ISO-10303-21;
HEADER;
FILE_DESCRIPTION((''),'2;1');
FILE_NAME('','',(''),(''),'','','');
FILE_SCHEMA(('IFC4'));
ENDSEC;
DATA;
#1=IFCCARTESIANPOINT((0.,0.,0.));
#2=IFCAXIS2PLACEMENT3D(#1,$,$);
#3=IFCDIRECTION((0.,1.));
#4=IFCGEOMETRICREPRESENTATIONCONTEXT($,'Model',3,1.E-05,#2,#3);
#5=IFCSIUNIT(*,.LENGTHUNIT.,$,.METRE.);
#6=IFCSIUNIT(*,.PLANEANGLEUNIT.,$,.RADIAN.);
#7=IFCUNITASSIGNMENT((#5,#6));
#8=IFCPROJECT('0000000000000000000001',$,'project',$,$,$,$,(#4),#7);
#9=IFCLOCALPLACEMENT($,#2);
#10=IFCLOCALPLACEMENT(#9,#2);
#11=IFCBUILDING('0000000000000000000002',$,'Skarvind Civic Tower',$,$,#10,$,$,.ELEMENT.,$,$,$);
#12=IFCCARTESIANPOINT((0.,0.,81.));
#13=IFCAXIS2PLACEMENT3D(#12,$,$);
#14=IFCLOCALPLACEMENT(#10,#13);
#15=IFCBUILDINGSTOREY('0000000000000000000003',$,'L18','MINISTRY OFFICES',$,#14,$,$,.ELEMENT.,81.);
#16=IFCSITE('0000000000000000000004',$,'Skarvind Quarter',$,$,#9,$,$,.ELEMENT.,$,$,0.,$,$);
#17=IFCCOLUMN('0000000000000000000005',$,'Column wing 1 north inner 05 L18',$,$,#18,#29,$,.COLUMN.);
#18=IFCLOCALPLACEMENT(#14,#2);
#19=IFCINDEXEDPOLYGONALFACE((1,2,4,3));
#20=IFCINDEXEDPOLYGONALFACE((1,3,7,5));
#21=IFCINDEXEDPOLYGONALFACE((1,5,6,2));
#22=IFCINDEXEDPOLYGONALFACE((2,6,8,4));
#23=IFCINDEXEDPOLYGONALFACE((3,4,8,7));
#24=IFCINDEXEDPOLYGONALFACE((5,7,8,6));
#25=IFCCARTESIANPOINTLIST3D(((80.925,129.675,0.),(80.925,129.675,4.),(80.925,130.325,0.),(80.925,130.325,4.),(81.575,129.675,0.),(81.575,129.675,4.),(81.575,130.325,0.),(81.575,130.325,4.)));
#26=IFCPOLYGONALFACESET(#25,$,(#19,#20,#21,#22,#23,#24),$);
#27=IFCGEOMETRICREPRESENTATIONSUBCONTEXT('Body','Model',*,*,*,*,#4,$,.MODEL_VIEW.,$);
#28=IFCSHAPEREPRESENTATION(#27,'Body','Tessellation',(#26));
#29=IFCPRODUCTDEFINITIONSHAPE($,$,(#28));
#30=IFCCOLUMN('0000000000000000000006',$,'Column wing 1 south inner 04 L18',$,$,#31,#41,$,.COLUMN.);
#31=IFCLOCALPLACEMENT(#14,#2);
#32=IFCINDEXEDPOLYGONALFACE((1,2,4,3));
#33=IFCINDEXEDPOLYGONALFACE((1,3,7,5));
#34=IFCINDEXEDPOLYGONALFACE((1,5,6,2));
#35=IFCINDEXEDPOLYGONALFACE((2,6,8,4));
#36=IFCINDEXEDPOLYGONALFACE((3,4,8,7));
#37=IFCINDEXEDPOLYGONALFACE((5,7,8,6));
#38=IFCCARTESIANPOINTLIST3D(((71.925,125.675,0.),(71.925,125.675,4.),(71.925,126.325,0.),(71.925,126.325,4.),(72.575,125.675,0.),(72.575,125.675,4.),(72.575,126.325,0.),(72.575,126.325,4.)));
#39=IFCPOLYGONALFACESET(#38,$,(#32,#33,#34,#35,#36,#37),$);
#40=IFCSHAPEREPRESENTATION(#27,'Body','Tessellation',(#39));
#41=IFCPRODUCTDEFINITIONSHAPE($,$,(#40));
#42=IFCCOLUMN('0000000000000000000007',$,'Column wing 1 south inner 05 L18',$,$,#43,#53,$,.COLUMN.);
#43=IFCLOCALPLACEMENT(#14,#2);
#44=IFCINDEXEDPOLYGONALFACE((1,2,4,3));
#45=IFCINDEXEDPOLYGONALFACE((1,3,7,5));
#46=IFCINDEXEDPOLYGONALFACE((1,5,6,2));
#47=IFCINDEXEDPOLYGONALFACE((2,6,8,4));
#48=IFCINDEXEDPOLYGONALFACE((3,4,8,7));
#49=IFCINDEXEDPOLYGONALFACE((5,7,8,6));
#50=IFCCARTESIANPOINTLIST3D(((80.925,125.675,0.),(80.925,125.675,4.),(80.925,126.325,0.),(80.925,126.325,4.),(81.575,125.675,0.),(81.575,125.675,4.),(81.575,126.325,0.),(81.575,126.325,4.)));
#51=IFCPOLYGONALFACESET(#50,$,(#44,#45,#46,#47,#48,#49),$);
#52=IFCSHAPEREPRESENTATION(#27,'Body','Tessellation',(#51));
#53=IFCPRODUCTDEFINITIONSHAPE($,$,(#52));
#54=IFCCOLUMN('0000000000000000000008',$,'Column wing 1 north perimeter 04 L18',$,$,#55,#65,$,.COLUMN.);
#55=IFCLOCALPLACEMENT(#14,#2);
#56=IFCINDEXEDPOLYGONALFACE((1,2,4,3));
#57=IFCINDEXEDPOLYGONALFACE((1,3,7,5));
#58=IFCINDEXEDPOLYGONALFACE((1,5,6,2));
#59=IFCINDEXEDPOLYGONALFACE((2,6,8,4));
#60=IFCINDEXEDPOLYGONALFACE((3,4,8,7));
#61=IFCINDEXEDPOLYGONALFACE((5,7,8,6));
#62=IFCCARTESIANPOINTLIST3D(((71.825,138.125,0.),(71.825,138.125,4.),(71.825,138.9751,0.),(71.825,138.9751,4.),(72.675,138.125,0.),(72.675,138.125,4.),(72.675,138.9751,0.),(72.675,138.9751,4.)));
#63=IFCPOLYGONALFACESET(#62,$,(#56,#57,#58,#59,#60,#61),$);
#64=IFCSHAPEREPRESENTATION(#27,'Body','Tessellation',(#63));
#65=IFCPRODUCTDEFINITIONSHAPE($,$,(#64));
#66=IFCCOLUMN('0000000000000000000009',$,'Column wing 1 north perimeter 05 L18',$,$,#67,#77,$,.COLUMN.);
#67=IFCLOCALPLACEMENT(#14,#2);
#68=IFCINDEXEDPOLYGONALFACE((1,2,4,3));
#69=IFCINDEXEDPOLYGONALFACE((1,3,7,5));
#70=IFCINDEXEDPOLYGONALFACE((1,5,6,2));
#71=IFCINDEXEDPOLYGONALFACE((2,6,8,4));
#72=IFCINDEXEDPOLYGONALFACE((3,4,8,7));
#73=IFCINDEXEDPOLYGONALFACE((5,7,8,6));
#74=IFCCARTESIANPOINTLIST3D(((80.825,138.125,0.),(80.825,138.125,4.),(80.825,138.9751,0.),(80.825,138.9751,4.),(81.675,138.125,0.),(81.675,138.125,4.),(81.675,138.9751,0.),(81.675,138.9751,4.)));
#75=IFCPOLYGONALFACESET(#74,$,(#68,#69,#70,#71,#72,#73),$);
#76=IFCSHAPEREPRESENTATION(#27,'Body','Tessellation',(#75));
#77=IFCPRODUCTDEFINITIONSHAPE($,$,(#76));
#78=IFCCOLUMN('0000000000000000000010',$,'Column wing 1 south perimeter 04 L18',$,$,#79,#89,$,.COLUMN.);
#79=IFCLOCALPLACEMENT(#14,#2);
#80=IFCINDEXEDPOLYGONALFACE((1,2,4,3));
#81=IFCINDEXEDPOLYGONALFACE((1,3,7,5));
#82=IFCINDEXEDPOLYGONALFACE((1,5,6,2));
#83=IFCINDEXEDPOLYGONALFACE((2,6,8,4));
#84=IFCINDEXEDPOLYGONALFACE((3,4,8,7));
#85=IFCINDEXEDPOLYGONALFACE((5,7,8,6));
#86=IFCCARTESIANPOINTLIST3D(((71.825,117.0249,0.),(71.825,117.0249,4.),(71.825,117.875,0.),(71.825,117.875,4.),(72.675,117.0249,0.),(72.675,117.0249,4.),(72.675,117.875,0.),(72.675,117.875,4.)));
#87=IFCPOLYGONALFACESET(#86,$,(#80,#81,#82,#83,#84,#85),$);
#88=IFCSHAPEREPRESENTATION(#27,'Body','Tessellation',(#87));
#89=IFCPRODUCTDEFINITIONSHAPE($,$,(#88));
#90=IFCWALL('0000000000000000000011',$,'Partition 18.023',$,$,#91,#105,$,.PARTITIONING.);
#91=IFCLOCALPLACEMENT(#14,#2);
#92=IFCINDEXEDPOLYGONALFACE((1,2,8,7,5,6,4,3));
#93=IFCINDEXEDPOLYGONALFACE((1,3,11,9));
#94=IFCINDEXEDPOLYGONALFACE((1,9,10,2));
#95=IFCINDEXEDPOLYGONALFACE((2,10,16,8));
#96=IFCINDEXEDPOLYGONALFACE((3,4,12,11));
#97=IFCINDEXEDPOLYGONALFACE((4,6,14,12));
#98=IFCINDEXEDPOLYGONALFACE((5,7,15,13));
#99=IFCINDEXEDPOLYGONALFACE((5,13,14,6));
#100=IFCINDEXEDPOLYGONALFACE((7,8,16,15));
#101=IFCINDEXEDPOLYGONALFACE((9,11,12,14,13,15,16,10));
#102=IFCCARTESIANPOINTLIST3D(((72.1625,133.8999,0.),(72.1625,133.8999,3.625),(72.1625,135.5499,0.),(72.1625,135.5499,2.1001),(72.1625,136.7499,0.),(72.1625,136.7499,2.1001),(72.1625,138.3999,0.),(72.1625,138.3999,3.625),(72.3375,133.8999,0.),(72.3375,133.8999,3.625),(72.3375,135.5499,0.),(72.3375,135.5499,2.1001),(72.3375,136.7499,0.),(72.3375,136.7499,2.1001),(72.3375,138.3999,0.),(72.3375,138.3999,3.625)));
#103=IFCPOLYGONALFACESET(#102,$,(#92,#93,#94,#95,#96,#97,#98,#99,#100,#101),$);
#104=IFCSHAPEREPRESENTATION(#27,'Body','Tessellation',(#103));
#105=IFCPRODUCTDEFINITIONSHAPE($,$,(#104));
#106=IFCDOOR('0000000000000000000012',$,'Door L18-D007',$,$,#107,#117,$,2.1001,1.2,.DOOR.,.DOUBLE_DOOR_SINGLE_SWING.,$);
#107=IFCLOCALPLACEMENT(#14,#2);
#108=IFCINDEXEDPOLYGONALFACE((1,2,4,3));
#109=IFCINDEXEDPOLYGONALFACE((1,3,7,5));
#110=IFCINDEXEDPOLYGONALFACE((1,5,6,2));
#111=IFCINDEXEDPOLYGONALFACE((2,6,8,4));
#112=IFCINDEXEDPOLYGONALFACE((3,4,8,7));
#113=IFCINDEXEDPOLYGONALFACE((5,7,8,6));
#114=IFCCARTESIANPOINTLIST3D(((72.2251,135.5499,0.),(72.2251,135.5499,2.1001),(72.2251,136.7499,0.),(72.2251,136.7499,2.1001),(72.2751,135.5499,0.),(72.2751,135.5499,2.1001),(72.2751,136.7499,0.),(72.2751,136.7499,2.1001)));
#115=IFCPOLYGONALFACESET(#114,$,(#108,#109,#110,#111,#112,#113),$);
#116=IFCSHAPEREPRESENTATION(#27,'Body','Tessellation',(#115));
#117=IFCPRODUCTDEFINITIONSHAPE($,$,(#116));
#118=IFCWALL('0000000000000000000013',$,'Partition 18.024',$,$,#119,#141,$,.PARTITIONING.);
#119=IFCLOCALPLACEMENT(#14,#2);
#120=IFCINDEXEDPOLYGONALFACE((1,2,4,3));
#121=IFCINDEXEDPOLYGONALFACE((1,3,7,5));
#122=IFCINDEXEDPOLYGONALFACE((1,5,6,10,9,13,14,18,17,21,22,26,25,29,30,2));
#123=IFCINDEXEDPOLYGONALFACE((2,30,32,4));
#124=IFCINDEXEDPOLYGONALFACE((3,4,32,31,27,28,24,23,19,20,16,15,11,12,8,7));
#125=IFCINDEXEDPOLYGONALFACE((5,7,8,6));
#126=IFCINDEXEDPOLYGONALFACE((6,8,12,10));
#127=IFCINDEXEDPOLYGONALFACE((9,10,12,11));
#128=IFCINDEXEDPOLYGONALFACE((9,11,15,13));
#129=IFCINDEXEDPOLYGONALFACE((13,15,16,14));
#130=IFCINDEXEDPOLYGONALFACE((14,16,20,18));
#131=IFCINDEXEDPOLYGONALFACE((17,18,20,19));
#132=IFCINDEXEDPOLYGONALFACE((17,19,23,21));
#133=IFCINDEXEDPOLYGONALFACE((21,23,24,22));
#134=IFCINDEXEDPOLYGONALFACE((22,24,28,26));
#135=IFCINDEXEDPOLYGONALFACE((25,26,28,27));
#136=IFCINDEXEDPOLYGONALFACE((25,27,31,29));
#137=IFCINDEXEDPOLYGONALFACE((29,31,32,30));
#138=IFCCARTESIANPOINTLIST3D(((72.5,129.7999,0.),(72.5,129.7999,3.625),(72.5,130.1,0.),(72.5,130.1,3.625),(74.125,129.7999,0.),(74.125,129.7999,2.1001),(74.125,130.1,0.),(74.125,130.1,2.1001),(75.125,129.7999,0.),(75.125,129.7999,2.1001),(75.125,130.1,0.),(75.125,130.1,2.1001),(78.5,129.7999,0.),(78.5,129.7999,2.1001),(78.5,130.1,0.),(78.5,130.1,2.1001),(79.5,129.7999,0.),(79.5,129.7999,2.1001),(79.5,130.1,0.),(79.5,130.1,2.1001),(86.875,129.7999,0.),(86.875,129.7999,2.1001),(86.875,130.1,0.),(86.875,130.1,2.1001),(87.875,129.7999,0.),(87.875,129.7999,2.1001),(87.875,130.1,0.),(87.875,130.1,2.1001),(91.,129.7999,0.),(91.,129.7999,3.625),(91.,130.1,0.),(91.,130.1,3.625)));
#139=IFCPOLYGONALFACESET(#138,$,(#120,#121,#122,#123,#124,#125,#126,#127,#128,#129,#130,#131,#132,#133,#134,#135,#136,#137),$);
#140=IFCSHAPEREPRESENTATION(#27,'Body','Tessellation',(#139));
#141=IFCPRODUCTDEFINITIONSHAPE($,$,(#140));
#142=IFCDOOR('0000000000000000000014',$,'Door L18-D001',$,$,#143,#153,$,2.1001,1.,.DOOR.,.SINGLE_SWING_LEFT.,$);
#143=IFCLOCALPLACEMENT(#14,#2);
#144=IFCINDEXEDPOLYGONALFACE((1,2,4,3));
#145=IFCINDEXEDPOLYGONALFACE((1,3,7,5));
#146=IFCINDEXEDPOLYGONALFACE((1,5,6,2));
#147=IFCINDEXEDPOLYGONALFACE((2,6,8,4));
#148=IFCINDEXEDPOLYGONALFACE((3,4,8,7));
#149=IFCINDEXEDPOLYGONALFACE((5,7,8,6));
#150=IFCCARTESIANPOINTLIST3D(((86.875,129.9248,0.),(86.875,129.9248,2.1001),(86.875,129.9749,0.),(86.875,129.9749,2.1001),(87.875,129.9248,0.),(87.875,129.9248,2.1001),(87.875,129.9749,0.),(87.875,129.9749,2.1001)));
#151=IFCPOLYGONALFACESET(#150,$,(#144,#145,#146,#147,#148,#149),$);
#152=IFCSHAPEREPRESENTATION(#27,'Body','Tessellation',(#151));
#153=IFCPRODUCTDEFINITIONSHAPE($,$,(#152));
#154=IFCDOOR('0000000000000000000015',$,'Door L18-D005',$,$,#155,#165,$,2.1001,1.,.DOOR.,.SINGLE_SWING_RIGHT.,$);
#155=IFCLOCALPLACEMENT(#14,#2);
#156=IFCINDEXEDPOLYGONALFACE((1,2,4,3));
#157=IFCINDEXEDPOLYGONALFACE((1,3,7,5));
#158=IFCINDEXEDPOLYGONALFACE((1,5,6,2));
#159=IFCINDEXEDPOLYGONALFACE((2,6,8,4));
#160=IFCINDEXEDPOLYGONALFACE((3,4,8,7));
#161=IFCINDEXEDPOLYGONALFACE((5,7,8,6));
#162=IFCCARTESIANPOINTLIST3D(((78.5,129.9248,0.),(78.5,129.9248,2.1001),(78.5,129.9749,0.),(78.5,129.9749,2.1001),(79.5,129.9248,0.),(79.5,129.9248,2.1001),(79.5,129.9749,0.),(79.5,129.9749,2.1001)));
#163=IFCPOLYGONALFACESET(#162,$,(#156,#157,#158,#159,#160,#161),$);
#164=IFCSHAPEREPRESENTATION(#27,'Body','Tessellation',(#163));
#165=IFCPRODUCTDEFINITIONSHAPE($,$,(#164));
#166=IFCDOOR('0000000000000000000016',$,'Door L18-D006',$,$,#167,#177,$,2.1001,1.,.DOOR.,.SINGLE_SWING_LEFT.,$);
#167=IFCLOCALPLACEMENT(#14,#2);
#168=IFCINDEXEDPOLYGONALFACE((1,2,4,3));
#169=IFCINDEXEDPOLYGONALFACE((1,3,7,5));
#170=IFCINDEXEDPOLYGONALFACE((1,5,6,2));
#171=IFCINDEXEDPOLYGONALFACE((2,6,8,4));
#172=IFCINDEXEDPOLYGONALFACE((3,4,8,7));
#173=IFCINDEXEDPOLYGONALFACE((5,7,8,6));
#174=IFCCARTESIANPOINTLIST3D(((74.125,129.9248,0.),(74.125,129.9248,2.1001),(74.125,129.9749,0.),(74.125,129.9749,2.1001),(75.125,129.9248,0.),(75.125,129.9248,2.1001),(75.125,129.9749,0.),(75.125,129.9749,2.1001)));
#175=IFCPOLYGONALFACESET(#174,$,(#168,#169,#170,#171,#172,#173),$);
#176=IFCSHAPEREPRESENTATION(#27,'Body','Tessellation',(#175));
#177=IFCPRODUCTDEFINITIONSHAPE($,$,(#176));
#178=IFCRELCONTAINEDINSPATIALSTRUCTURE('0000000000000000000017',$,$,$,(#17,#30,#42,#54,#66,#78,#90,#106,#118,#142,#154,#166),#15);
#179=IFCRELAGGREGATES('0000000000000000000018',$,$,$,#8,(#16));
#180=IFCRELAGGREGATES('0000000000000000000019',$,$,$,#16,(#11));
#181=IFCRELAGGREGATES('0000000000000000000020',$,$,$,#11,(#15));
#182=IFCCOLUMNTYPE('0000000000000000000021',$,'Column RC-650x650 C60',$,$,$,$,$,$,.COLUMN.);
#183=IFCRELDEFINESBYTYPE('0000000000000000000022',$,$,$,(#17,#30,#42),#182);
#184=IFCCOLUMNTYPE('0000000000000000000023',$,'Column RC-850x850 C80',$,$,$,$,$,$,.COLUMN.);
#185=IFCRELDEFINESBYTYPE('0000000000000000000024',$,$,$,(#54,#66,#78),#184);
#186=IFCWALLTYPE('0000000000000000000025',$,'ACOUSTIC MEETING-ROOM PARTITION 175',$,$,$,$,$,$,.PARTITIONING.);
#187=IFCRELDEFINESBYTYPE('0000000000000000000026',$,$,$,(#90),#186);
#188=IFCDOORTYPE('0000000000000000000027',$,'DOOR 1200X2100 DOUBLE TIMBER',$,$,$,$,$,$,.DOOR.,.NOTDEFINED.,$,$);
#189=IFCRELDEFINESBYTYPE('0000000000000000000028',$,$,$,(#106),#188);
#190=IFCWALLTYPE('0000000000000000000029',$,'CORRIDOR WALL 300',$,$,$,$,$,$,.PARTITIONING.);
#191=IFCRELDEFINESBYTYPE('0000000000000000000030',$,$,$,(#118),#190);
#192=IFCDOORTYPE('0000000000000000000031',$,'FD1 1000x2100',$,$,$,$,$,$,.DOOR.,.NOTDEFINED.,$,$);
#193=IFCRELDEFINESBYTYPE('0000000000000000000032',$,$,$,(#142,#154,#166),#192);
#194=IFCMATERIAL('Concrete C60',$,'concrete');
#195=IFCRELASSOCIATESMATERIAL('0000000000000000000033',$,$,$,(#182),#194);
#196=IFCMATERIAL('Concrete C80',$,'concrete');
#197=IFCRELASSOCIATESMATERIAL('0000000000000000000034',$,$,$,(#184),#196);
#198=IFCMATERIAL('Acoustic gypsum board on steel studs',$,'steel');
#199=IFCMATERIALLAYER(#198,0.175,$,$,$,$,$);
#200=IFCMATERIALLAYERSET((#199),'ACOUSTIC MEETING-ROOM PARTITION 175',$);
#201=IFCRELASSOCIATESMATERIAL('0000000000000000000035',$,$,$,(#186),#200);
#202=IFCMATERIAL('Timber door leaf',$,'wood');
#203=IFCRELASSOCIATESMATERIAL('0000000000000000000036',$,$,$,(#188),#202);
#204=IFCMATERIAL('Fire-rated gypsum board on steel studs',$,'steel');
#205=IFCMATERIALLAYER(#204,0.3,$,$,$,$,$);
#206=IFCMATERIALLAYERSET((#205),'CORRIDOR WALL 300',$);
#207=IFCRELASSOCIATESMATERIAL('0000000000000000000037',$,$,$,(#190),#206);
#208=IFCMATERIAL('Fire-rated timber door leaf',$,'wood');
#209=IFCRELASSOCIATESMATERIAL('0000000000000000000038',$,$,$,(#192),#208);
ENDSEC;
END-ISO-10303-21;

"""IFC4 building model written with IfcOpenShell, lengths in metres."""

from ifc_helpers import new_model, si_unit, direction, frame, frame_2d, origin, origin_2d, place, context, subcontext, project, spatial, rectangle, extrude, material, layer, layer_set, material_profile, profile_set, type_object, element, fill, save


model = new_model("IFC4")

# Units and contexts
model_context = context("Model", 3, precision=1e-05, world=origin(), true_north=direction((0.0, 1.0)))
body_context = subcontext(model_context, "Body", "Model", "MODEL_VIEW")
ifc_project = project(units=[si_unit("LENGTHUNIT", "METRE"), si_unit("PLANEANGLEUNIT", "RADIAN")], contexts=[model_context])

# Site, building, storey
site_placement = place(None, origin())
site = spatial("IfcSite", under=ifc_project, at=site_placement, Name="Skarvind Quarter", CompositionType="ELEMENT", RefElevation=0.0)
building_placement = place(site_placement, origin())
building = spatial("IfcBuilding", under=site, at=building_placement, Name="Skarvind Civic Tower", CompositionType="ELEMENT")
storey_placement = place(building_placement, frame((0.0, 0.0, 81.0)))
storey = spatial("IfcBuildingStorey", under=building, at=storey_placement, Name="L18", Description="MINISTRY OFFICES", CompositionType="ELEMENT", Elevation=81.0)

# Columns
ifc_material_1 = material(Name="Concrete C60", Category="concrete")
ifc_material_profile_1 = material_profile(ifc_material_1, rectangle(XDim=0.6499, YDim=0.6499, at=origin_2d()), Name="RC-650x650")
ifc_profile_set_1 = profile_set([ifc_material_profile_1], Name="Concrete C60")
column_type_1 = type_object("IfcColumnType", Name="Column RC-650x650 C60", PredefinedType="COLUMN", material=ifc_profile_set_1)
for number, where, z_axis, x_axis, name in (
    (1, (81.25, 130.0, 0.0), (0.0, 0.0, 1.0), (1.0, 0.0, 0.0), "Column wing 1 north inner 05 L18"),
    (2, (72.25, 126.0, 0.0), (0.0, 0.0, 1.0), (1.0, 0.0, 0.0), "Column wing 1 south inner 04 L18"),
    (3, (81.25, 126.0, 0.0), (0.0, 0.0, 1.0), (1.0, 0.0, 0.0), "Column wing 1 south inner 05 L18"),
):
    element("IfcColumn", number, at=place(storey_placement, frame(where, z_axis=z_axis, x_axis=x_axis)), inside=storey, type_object=column_type_1, Name=name, PredefinedType="COLUMN", context=body_context, shape_type="SweptSolid", body=[
        extrude(rectangle(XDim=0.6499, YDim=0.6499, at=origin_2d()), origin(), (0.0, 0.0, 1.0), 4.0),
    ])
ifc_material_2 = material(Name="Concrete C80", Category="concrete")
ifc_material_profile_2 = material_profile(ifc_material_2, rectangle(XDim=0.8501, YDim=0.8501, at=origin_2d()), Name="RC-850x850")
ifc_profile_set_2 = profile_set([ifc_material_profile_2], Name="Concrete C80")
column_type_2 = type_object("IfcColumnType", Name="Column RC-850x850 C80", PredefinedType="COLUMN", material=ifc_profile_set_2)
for number, where, z_axis, x_axis, name in (
    (4, (72.25, 138.55, 0.0), (0.0, 0.0, 1.0), (1.0, 0.0, 0.0), "Column wing 1 north perimeter 04 L18"),
    (5, (81.25, 138.55, 0.0), (0.0, 0.0, 1.0), (1.0, 0.0, 0.0), "Column wing 1 north perimeter 05 L18"),
    (6, (72.25, 117.45, 0.0), (0.0, 0.0, 1.0), (1.0, 0.0, 0.0), "Column wing 1 south perimeter 04 L18"),
):
    element("IfcColumn", number, at=place(storey_placement, frame(where, z_axis=z_axis, x_axis=x_axis)), inside=storey, type_object=column_type_2, Name=name, PredefinedType="COLUMN", context=body_context, shape_type="SweptSolid", body=[
        extrude(rectangle(XDim=0.8501, YDim=0.8501, at=origin_2d()), origin(), (0.0, 0.0, 1.0), 4.0),
    ])

# Wall, opening, door
ifc_material_3 = material(Name="Acoustic gypsum board on steel studs", Category="steel")
ifc_layer_1 = layer(ifc_material_3, 0.175)
ifc_layer_set_1 = layer_set([ifc_layer_1], Name="ACOUSTIC MEETING-ROOM PARTITION 175")
wall_type_1 = type_object("IfcWallType", Name="ACOUSTIC MEETING-ROOM PARTITION 175", PredefinedType="PARTITIONING", material=ifc_layer_set_1)
wall_1_placement = place(storey_placement, frame((72.25, 133.8999, 0.0), z_axis=(0.0, 0.0, 1.0), x_axis=(0.0, 1.0, 0.0)))
wall_1 = element("IfcWall", 7, at=wall_1_placement, inside=storey, type_object=wall_type_1, Name="Partition 18.023", PredefinedType="PARTITIONING", context=body_context, shape_type="SweptSolid", body=[
    extrude(rectangle(XDim=4.5, YDim=0.175, at=frame_2d((2.25, 0.0))), origin(), (0.0, 0.0, 1.0), 3.625),
])
opening_1_placement = place(wall_1_placement, frame((1.6499, 0.0, 0.0)))
opening_1 = element("IfcOpeningElement", 8, at=opening_1_placement, cuts=wall_1, PredefinedType="OPENING", context=body_context, shape_type="SweptSolid", body=[
    extrude(rectangle(XDim=1.2, YDim=2.1001, at=frame_2d((0.6001, 1.05))), frame((0.0, 0.0974, 0.0), z_axis=(0.0, -1.0, 0.0), x_axis=(1.0, 0.0, 0.0)), (0.0, 0.0, 1.0), 0.1951),
])
ifc_material_4 = material(Name="Timber door leaf", Category="wood")
door_type_1 = type_object("IfcDoorType", Name="DOOR 1200X2100 DOUBLE TIMBER", OperationType="NOTDEFINED", PredefinedType="DOOR", material=ifc_material_4)
door_1_placement = place(opening_1_placement, origin())
door_1 = element("IfcDoor", 9, at=door_1_placement, inside=storey, type_object=door_type_1, Name="Door L18-D007", OperationType="DOUBLE_DOOR_SINGLE_SWING", OverallHeight=2.1001, OverallWidth=1.2, PredefinedType="DOOR", context=body_context, shape_type="SweptSolid", body=[
    extrude(rectangle(XDim=1.2, YDim=2.1001, at=frame_2d((0.6001, 1.05))), frame((0.0, 0.0249, 0.0), z_axis=(0.0, -1.0, 0.0), x_axis=(1.0, 0.0, 0.0)), (0.0, 0.0, 1.0), 0.05),
])
fill(opening_1, door_1)

# Wall, openings, doors
ifc_material_5 = material(Name="Fire-rated gypsum board on steel studs", Category="steel")
ifc_layer_2 = layer(ifc_material_5, 0.3)
ifc_layer_set_2 = layer_set([ifc_layer_2], Name="CORRIDOR WALL 300")
wall_type_2 = type_object("IfcWallType", Name="CORRIDOR WALL 300", PredefinedType="PARTITIONING", material=ifc_layer_set_2)
wall_2_placement = place(storey_placement, frame((72.5, 129.95, 0.0), z_axis=(0.0, 0.0, 1.0), x_axis=(1.0, 0.0, 0.0)))
wall_2 = element("IfcWall", 10, at=wall_2_placement, inside=storey, type_object=wall_type_2, Name="Partition 18.024", PredefinedType="PARTITIONING", context=body_context, shape_type="SweptSolid", body=[
    extrude(rectangle(XDim=18.5, YDim=0.3, at=frame_2d((9.25, 0.0))), origin(), (0.0, 0.0, 1.0), 3.625),
])
opening_2_placement = place(wall_2_placement, frame((14.375, 0.0, 0.0)))
opening_2 = element("IfcOpeningElement", 11, at=opening_2_placement, cuts=wall_2, PredefinedType="OPENING", context=body_context, shape_type="SweptSolid", body=[
    extrude(rectangle(XDim=1.0, YDim=2.1001, at=frame_2d((0.5, 1.05))), frame((0.0, 0.1599, 0.0), z_axis=(0.0, -1.0, 0.0), x_axis=(1.0, 0.0, 0.0)), (0.0, 0.0, 1.0), 0.3201),
])
opening_3_placement = place(wall_2_placement, frame((6.0, 0.0, 0.0)))
opening_3 = element("IfcOpeningElement", 12, at=opening_3_placement, cuts=wall_2, PredefinedType="OPENING", context=body_context, shape_type="SweptSolid", body=[
    extrude(rectangle(XDim=1.0, YDim=2.1001, at=frame_2d((0.5, 1.05))), frame((0.0, 0.1599, 0.0), z_axis=(0.0, -1.0, 0.0), x_axis=(1.0, 0.0, 0.0)), (0.0, 0.0, 1.0), 0.3201),
])
opening_4_placement = place(wall_2_placement, frame((1.625, 0.0, 0.0)))
opening_4 = element("IfcOpeningElement", 13, at=opening_4_placement, cuts=wall_2, PredefinedType="OPENING", context=body_context, shape_type="SweptSolid", body=[
    extrude(rectangle(XDim=1.0, YDim=2.1001, at=frame_2d((0.5, 1.05))), frame((0.0, 0.1599, 0.0), z_axis=(0.0, -1.0, 0.0), x_axis=(1.0, 0.0, 0.0)), (0.0, 0.0, 1.0), 0.3201),
])
ifc_material_6 = material(Name="Fire-rated timber door leaf", Category="wood")
door_type_2 = type_object("IfcDoorType", Name="FD1 1000x2100", OperationType="NOTDEFINED", PredefinedType="DOOR", material=ifc_material_6)
door_2_placement = place(opening_2_placement, origin())
door_2 = element("IfcDoor", 14, at=door_2_placement, inside=storey, type_object=door_type_2, Name="Door L18-D001", OperationType="SINGLE_SWING_LEFT", OverallHeight=2.1001, OverallWidth=1.0, PredefinedType="DOOR", context=body_context, shape_type="SweptSolid", body=[
    extrude(rectangle(XDim=1.0, YDim=2.1001, at=frame_2d((0.5, 1.05))), frame((0.0, 0.0249, 0.0), z_axis=(0.0, -1.0, 0.0), x_axis=(1.0, 0.0, 0.0)), (0.0, 0.0, 1.0), 0.05),
])
fill(opening_2, door_2)
door_3_placement = place(opening_3_placement, origin())
door_3 = element("IfcDoor", 15, at=door_3_placement, inside=storey, type_object=door_type_2, Name="Door L18-D005", OperationType="SINGLE_SWING_RIGHT", OverallHeight=2.1001, OverallWidth=1.0, PredefinedType="DOOR", context=body_context, shape_type="SweptSolid", body=[
    extrude(rectangle(XDim=1.0, YDim=2.1001, at=frame_2d((0.5, 1.05))), frame((0.0, 0.0249, 0.0), z_axis=(0.0, -1.0, 0.0), x_axis=(1.0, 0.0, 0.0)), (0.0, 0.0, 1.0), 0.05),
])
fill(opening_3, door_3)
door_4_placement = place(opening_4_placement, origin())
door_4 = element("IfcDoor", 16, at=door_4_placement, inside=storey, type_object=door_type_2, Name="Door L18-D006", OperationType="SINGLE_SWING_LEFT", OverallHeight=2.1001, OverallWidth=1.0, PredefinedType="DOOR", context=body_context, shape_type="SweptSolid", body=[
    extrude(rectangle(XDim=1.0, YDim=2.1001, at=frame_2d((0.5, 1.05))), frame((0.0, 0.0249, 0.0), z_axis=(0.0, -1.0, 0.0), x_axis=(1.0, 0.0, 0.0)), (0.0, 0.0, 1.0), 0.05),
])
fill(opening_4, door_4)

save(model, "model.ifc")
